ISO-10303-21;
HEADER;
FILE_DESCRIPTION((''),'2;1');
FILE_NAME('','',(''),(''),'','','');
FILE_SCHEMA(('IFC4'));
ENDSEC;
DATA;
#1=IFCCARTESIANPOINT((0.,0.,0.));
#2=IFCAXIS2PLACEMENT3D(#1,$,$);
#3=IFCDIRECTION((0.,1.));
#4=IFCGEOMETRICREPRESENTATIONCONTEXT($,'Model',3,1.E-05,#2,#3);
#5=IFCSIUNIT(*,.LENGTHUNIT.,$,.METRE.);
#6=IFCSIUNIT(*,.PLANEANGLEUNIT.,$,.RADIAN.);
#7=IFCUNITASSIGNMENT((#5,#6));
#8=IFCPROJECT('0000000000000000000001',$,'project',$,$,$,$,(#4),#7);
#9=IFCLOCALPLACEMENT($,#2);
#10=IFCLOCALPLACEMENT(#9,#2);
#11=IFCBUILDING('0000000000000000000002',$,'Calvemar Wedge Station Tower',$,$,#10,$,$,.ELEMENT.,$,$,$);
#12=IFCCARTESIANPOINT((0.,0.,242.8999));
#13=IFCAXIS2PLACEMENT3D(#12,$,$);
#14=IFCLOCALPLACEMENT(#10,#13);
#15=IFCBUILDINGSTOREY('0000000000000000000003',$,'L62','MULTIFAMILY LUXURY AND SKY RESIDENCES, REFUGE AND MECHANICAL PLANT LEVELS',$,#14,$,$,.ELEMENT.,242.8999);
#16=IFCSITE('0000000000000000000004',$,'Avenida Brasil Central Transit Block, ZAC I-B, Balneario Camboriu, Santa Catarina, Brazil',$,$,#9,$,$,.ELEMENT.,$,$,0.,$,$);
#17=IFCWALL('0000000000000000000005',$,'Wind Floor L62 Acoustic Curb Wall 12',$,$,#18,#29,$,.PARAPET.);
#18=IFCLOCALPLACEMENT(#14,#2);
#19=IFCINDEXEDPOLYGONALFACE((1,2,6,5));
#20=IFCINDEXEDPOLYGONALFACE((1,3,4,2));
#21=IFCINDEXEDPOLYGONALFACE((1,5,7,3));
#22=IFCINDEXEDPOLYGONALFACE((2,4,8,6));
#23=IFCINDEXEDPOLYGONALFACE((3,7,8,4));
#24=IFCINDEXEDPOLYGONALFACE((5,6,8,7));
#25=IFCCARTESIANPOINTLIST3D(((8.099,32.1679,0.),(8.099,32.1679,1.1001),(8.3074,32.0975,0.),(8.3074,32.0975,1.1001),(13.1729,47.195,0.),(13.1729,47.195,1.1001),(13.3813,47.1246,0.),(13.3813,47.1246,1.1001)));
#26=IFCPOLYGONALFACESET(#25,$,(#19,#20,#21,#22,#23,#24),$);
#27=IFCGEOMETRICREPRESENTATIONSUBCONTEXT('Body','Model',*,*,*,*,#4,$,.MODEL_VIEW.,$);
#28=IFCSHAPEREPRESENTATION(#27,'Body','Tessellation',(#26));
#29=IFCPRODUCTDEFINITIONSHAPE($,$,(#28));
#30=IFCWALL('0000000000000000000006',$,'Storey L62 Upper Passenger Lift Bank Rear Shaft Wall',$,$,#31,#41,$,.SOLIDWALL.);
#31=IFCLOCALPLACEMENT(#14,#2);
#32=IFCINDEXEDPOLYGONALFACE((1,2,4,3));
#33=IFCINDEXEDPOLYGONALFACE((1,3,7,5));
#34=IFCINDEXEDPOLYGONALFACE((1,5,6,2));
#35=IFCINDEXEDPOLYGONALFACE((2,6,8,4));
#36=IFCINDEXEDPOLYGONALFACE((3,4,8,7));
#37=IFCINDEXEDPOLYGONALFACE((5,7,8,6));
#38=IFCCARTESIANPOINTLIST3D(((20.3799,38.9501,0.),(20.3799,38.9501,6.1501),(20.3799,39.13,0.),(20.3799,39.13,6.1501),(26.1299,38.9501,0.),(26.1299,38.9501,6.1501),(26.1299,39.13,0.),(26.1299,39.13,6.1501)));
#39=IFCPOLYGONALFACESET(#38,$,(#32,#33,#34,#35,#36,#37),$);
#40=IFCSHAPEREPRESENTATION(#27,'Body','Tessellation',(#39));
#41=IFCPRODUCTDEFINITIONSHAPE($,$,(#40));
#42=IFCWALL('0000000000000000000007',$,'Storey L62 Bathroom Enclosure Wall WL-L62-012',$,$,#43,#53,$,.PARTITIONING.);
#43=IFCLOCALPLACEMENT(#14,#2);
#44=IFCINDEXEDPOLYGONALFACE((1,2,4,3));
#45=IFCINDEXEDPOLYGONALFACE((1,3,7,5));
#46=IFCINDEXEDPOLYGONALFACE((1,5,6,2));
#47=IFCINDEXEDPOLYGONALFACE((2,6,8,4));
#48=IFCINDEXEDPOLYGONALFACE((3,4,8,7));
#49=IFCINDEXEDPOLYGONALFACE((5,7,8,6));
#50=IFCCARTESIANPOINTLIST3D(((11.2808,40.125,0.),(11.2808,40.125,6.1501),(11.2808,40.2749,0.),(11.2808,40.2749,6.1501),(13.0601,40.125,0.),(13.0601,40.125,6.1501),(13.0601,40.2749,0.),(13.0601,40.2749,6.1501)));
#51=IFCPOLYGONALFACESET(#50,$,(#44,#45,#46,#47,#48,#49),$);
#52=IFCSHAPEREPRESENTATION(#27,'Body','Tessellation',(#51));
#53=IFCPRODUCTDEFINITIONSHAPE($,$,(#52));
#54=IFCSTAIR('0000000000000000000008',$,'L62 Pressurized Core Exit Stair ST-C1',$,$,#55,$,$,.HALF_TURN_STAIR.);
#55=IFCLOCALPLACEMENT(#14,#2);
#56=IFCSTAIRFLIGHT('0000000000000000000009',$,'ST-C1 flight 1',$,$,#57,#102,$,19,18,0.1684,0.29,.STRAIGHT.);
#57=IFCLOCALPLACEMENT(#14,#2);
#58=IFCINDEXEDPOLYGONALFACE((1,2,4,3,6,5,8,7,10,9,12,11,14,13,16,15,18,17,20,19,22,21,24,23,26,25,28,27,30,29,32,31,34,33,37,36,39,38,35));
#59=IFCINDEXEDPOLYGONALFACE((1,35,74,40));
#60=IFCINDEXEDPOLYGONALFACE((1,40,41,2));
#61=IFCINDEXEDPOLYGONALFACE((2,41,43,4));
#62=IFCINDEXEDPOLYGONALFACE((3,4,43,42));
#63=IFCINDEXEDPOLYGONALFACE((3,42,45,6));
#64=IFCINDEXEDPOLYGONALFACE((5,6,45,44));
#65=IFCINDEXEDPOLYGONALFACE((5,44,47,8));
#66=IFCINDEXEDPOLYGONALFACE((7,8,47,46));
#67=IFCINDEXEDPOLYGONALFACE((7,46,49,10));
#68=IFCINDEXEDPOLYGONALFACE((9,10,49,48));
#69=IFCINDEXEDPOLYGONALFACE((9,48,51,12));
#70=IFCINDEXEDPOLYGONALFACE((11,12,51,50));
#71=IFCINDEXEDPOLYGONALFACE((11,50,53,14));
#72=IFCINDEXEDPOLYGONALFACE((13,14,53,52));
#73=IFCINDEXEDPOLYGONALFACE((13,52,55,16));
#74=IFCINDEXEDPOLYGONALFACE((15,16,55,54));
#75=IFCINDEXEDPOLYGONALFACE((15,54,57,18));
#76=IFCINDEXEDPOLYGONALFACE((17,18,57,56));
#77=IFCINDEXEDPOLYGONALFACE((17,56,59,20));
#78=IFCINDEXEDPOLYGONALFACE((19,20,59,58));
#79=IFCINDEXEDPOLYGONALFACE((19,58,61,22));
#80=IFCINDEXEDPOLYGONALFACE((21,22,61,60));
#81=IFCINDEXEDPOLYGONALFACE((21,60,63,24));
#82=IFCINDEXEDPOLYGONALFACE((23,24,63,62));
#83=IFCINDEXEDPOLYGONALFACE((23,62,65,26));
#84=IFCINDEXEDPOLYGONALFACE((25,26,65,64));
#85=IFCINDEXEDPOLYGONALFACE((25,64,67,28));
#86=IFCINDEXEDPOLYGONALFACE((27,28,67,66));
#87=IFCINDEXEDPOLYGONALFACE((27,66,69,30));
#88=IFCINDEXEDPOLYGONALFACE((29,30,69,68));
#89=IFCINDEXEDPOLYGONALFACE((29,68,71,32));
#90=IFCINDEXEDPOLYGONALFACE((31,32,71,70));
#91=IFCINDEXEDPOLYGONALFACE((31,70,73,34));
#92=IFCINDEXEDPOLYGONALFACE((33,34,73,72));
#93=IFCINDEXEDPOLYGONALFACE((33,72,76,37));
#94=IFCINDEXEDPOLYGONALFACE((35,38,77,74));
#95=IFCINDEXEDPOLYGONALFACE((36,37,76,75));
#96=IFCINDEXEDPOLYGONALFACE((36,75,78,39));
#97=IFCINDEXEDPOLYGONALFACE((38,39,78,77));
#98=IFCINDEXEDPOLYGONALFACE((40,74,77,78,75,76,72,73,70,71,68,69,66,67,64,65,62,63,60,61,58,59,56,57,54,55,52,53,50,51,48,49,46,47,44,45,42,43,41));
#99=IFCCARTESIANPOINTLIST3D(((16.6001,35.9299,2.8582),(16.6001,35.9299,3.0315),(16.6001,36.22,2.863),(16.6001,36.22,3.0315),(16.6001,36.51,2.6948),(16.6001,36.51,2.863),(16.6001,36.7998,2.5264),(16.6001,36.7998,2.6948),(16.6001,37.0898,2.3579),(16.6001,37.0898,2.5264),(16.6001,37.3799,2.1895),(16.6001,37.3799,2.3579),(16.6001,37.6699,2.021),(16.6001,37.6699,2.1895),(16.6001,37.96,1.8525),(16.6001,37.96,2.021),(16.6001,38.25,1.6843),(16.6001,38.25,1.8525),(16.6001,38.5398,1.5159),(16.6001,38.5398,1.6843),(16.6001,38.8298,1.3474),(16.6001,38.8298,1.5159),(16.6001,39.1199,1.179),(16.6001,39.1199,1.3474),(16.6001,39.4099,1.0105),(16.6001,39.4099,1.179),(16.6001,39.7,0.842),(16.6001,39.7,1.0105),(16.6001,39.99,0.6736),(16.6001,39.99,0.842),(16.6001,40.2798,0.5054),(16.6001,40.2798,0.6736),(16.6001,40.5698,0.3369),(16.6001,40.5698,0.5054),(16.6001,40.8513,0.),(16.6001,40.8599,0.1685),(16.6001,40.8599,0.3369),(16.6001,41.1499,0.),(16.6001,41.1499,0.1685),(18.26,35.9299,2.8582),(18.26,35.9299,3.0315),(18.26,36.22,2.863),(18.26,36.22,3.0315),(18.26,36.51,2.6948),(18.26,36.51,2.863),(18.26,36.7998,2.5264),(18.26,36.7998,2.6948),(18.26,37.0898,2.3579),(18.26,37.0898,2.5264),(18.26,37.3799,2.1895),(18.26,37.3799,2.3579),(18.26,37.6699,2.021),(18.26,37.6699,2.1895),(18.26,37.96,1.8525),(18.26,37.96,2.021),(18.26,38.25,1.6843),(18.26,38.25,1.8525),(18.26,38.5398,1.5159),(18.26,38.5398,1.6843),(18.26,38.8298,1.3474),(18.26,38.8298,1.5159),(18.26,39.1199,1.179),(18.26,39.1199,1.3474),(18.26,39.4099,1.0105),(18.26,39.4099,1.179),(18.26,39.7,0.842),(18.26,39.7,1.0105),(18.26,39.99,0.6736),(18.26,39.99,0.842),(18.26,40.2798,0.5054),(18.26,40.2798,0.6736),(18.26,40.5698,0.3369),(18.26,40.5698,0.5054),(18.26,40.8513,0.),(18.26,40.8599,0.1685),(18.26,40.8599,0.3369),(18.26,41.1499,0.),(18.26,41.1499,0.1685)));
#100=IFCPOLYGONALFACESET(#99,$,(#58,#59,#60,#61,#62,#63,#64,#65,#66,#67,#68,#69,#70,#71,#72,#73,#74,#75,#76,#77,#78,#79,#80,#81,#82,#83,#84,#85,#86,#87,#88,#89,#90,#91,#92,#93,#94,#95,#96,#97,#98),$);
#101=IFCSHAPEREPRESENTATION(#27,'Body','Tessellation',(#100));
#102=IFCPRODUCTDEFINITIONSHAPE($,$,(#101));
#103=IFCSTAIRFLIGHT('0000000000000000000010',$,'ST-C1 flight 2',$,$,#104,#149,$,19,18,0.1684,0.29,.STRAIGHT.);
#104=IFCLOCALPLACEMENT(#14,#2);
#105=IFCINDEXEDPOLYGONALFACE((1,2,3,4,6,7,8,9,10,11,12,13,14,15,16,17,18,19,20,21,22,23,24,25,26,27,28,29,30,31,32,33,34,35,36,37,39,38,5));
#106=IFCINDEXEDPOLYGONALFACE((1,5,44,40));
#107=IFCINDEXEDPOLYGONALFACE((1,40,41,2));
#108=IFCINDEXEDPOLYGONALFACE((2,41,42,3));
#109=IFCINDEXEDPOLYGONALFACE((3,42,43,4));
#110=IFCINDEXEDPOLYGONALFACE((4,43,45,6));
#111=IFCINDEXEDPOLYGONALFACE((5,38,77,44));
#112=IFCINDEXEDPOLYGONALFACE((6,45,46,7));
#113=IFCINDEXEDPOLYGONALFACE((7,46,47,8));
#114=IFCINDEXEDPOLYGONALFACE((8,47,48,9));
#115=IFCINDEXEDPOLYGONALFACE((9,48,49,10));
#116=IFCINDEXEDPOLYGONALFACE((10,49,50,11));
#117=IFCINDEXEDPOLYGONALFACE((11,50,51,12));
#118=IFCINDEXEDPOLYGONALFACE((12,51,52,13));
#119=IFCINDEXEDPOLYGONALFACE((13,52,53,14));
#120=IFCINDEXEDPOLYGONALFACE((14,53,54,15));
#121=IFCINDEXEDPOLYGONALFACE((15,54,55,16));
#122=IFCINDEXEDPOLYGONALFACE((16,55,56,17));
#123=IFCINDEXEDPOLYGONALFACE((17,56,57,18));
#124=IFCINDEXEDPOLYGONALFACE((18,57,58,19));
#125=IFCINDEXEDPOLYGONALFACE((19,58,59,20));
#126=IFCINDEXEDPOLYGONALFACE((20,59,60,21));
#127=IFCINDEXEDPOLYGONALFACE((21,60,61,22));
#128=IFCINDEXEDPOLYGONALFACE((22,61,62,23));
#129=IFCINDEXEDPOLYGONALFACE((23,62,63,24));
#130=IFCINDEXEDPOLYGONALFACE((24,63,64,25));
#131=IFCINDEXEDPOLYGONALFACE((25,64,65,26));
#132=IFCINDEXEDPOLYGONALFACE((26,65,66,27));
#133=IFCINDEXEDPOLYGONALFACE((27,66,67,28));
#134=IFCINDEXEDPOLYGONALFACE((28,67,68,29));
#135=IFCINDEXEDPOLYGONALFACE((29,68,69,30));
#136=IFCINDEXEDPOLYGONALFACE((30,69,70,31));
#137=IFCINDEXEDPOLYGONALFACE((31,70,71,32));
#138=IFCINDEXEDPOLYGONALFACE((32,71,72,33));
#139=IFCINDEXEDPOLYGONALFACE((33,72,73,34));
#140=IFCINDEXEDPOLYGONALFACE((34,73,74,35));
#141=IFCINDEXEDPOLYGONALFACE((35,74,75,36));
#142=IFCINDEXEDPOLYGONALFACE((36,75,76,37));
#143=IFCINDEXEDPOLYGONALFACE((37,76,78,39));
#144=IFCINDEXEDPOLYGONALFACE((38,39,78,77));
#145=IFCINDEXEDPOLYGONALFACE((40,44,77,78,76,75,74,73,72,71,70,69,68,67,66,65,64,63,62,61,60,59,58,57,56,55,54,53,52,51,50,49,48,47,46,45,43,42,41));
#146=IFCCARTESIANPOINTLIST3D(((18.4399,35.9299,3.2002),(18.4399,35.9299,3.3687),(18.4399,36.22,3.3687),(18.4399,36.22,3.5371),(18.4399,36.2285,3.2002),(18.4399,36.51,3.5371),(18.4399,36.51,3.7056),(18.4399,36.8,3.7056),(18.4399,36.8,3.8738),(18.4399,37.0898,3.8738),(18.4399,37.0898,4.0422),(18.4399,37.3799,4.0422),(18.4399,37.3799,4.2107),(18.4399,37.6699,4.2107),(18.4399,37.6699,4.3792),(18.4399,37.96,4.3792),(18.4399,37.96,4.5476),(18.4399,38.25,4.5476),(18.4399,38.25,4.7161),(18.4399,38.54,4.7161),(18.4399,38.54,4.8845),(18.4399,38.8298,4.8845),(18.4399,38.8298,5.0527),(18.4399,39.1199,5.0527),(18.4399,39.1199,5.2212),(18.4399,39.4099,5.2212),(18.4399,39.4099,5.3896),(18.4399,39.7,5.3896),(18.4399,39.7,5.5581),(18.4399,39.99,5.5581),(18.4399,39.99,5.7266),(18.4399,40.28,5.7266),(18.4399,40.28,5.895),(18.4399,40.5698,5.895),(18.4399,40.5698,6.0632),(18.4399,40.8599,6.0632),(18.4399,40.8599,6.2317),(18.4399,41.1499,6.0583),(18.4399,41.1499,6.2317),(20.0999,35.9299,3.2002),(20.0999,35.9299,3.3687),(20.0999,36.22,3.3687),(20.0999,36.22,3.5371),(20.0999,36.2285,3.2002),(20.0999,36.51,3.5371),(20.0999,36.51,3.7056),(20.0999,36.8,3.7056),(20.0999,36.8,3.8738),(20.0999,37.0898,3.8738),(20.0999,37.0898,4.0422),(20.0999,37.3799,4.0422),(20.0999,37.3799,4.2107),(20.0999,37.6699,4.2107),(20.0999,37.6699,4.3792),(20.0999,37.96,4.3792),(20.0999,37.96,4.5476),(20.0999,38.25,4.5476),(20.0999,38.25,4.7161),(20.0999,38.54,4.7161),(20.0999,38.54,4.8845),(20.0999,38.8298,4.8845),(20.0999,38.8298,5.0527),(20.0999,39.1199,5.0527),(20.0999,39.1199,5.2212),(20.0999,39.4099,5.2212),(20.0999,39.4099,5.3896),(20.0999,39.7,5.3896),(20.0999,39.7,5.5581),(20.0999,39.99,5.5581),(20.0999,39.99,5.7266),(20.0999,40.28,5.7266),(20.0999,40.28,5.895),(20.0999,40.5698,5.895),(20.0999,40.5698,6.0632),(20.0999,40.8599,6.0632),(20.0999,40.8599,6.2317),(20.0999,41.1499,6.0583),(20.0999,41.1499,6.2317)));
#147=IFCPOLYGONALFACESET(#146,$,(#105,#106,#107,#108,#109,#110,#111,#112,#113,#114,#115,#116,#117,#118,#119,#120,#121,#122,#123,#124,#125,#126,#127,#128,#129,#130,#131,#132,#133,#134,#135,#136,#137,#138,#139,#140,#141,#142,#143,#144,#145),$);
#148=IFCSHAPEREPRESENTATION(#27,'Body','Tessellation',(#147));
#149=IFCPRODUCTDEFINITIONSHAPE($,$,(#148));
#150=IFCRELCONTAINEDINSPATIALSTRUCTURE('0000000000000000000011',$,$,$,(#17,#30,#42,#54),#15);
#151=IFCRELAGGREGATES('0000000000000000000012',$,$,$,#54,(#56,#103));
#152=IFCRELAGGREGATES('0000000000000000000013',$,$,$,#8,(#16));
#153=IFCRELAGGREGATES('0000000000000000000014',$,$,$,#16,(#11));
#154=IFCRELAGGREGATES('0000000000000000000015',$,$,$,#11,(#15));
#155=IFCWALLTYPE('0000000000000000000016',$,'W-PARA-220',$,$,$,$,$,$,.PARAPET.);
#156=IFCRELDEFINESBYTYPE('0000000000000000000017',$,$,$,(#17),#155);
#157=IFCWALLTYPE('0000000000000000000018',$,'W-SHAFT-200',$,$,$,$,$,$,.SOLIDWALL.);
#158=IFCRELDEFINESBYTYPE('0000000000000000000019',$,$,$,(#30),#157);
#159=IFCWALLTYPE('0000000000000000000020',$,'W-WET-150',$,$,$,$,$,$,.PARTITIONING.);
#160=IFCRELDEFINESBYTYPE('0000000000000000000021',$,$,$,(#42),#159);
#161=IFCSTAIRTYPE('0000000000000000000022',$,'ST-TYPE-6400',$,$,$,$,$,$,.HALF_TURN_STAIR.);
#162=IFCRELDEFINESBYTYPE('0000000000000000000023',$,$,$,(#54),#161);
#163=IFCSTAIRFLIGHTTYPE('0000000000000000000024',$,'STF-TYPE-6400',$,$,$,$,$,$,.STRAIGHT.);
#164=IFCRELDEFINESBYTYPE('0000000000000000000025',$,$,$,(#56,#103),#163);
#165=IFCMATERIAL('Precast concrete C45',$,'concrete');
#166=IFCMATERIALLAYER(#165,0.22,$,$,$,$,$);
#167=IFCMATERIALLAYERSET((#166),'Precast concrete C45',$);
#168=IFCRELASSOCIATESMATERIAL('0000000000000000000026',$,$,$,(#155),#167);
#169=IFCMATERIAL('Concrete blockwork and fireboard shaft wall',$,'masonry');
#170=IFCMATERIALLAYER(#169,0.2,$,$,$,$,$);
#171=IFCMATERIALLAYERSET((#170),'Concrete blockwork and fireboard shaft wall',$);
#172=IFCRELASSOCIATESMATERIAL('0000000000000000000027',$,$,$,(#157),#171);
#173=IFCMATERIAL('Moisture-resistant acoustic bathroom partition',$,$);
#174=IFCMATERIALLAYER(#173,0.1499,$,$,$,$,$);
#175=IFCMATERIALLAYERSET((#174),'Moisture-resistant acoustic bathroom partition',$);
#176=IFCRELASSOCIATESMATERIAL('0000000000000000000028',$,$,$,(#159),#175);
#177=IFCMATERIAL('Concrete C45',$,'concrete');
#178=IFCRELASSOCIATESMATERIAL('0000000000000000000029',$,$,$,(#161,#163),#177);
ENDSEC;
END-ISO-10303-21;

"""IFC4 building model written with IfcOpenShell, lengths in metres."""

from ifc_helpers import new_model, si_unit, direction, frame, frame_2d, origin, place, context, subcontext, project, spatial, polyline, rectangle, outline, extrude, material, layer, layer_set, type_object, element, aggregate, save


model = new_model("IFC4")

# Units and contexts
model_context = context("Model", 3, precision=1e-05, world=origin(), true_north=direction((0.0, 1.0)))
body_context = subcontext(model_context, "Body", "Model", "MODEL_VIEW")
ifc_project = project(units=[si_unit("LENGTHUNIT", "METRE"), si_unit("PLANEANGLEUNIT", "RADIAN")], contexts=[model_context])

# Site, building, storey
site_placement = place(None, origin())
site = spatial("IfcSite", under=ifc_project, at=site_placement, Name="Avenida Brasil Central Transit Block, ZAC I-B, Balneario Camboriu, Santa Catarina, Brazil", CompositionType="ELEMENT", RefElevation=0.0)
building_placement = place(site_placement, origin())
building = spatial("IfcBuilding", under=site, at=building_placement, Name="Calvemar Wedge Station Tower", CompositionType="ELEMENT")
storey_placement = place(building_placement, frame((0.0, 0.0, 242.8999)))
storey = spatial("IfcBuildingStorey", under=building, at=storey_placement, Name="L62", Description="MULTIFAMILY LUXURY AND SKY RESIDENCES, REFUGE AND MECHANICAL PLANT LEVELS", CompositionType="ELEMENT", Elevation=242.8999)

# Walls
ifc_material_1 = material(Name="Precast concrete C45", Category="concrete")
ifc_layer_1 = layer(ifc_material_1, 0.22)
ifc_layer_set_1 = layer_set([ifc_layer_1], Name="Precast concrete C45")
wall_type_1 = type_object("IfcWallType", Name="W-PARA-220", PredefinedType="PARAPET", material=ifc_layer_set_1)
wall_1_placement = place(storey_placement, frame((13.2771, 47.1597, 0.0), z_axis=(0.0, 0.0, 1.0), x_axis=(-0.31991, -0.947448, 0.0)))
element("IfcWall", 1, at=wall_1_placement, inside=storey, type_object=wall_type_1, Name="Wind Floor L62 Acoustic Curb Wall 12", PredefinedType="PARAPET", context=body_context, shape_type="SweptSolid", body=[
    extrude(rectangle(XDim=15.8606, YDim=0.22, at=frame_2d((7.9302, 0.0))), origin(), (0.0, 0.0, 1.0), 1.1001),
])
ifc_material_2 = material(Name="Concrete blockwork and fireboard shaft wall", Category="masonry")
ifc_layer_2 = layer(ifc_material_2, 0.2)
ifc_layer_set_2 = layer_set([ifc_layer_2], Name="Concrete blockwork and fireboard shaft wall")
wall_type_2 = type_object("IfcWallType", Name="W-SHAFT-200", PredefinedType="SOLIDWALL", material=ifc_layer_set_2)
wall_2_placement = place(storey_placement, frame((20.3799, 39.04, 0.0), z_axis=(0.0, 0.0, 1.0), x_axis=(1.0, 0.0, 0.0)))
element("IfcWall", 2, at=wall_2_placement, inside=storey, type_object=wall_type_2, Name="Storey L62 Upper Passenger Lift Bank Rear Shaft Wall", PredefinedType="SOLIDWALL", context=body_context, shape_type="SweptSolid", body=[
    extrude(rectangle(XDim=5.75, YDim=0.1799, at=frame_2d((2.875, 0.0))), origin(), (0.0, 0.0, 1.0), 6.1501),
])
ifc_material_3 = material(Name="Moisture-resistant acoustic bathroom partition")
ifc_layer_3 = layer(ifc_material_3, 0.1499)
ifc_layer_set_3 = layer_set([ifc_layer_3], Name="Moisture-resistant acoustic bathroom partition")
wall_type_3 = type_object("IfcWallType", Name="W-WET-150", PredefinedType="PARTITIONING", material=ifc_layer_set_3)
wall_3_placement = place(storey_placement, frame((11.2808, 40.2, 0.0), z_axis=(0.0, 0.0, 1.0), x_axis=(1.0, 0.0, 0.0)))
element("IfcWall", 3, at=wall_3_placement, inside=storey, type_object=wall_type_3, Name="Storey L62 Bathroom Enclosure Wall WL-L62-012", PredefinedType="PARTITIONING", context=body_context, shape_type="SweptSolid", body=[
    extrude(rectangle(XDim=1.7793, YDim=0.1499, at=frame_2d((0.8896, 0.0))), origin(), (0.0, 0.0, 1.0), 6.1501),
])

# Stair, stair flights
ifc_material_4 = material(Name="Concrete C45", Category="concrete")
stair_type = type_object("IfcStairType", Name="ST-TYPE-6400", PredefinedType="HALF_TURN_STAIR", material=ifc_material_4)
stair_placement = place(storey_placement, origin())
stair = element("IfcStair", 4, at=stair_placement, inside=storey, type_object=stair_type, Name="L62 Pressurized Core Exit Stair ST-C1", PredefinedType="HALF_TURN_STAIR")
stair_flight_type = type_object("IfcStairFlightType", Name="STF-TYPE-6400", PredefinedType="STRAIGHT", material=ifc_material_4)
stair_flight_1_placement = place(storey_placement, frame((17.4299, 41.1499, 0.0), z_axis=(0.0, 0.0, 1.0), x_axis=(0.0, -1.0, 0.0)))
stair_flight_1 = element("IfcStairFlight", 5, at=stair_flight_1_placement, type_object=stair_flight_type, Name="ST-C1 flight 1", NumberOfRisers=19, NumberOfTreads=18, PredefinedType="STRAIGHT", RiserHeight=0.1684, TreadLength=0.29, context=body_context, shape_type="SweptSolid", body=[
    extrude(outline(polyline([(0.0, 0.0), (0.0, 0.1685), (0.29, 0.1685), (0.29, 0.3369), (0.5801, 0.3369), (0.5801, 0.5054), (0.8701, 0.5054), (0.8701, 0.6736), (1.1599, 0.6736), (1.1599, 0.842), (1.45, 0.842), (1.45, 1.0105), (1.74, 1.0105), (1.74, 1.179), (2.03, 1.179), (2.03, 1.3474), (2.3201, 1.3474), (2.3201, 1.5159), (2.6101, 1.5159), (2.6101, 1.6843), (2.8999, 1.6843), (2.8999, 1.8525), (3.1899, 1.8525), (3.1899, 2.021), (3.48, 2.021), (3.48, 2.1895), (3.77, 2.1895), (3.77, 2.3579), (4.0601, 2.3579), (4.0601, 2.5264), (4.3501, 2.5264), (4.3501, 2.6948), (4.6399, 2.6948), (4.6399, 2.863), (4.9299, 2.863), (4.9299, 3.0315), (5.22, 3.0315), (5.22, 3.2), (5.22, 2.8582), (0.2986, 0.0), (0.0, 0.0)])), frame((0.0, 0.8301, 0.0), z_axis=(0.0, -1.0, 0.0), x_axis=(1.0, 0.0, 0.0)), (0.0, 0.0, 1.0), 1.6599),
])
stair_flight_2_placement = place(storey_placement, frame((19.27, 35.9299, 3.2002), z_axis=(0.0, 0.0, 1.0), x_axis=(0.0, 1.0, 0.0)))
stair_flight_2 = element("IfcStairFlight", 6, at=stair_flight_2_placement, type_object=stair_flight_type, Name="ST-C1 flight 2", NumberOfRisers=19, NumberOfTreads=18, PredefinedType="STRAIGHT", RiserHeight=0.1684, TreadLength=0.29, context=body_context, shape_type="SweptSolid", body=[
    extrude(outline(polyline([(0.0, 0.0), (0.0, 0.1685), (0.29, 0.1685), (0.29, 0.3369), (0.5801, 0.3369), (0.5801, 0.5054), (0.8701, 0.5054), (0.8701, 0.6736), (1.1599, 0.6736), (1.1599, 0.842), (1.45, 0.842), (1.45, 1.0105), (1.74, 1.0105), (1.74, 1.179), (2.03, 1.179), (2.03, 1.3474), (2.3201, 1.3474), (2.3201, 1.5159), (2.6101, 1.5159), (2.6101, 1.6843), (2.8999, 1.6843), (2.8999, 1.8525), (3.1899, 1.8525), (3.1899, 2.021), (3.48, 2.021), (3.48, 2.1895), (3.77, 2.1895), (3.77, 2.3579), (4.0601, 2.3579), (4.0601, 2.5264), (4.3501, 2.5264), (4.3501, 2.6948), (4.6399, 2.6948), (4.6399, 2.863), (4.9299, 2.863), (4.9299, 3.0315), (5.22, 3.0315), (5.22, 3.2), (5.22, 2.8582), (0.2986, 0.0), (0.0, 0.0)])), frame((0.0, 0.8301, 0.0), z_axis=(0.0, -1.0, 0.0), x_axis=(1.0, 0.0, 0.0)), (0.0, 0.0, 1.0), 1.6599),
])
aggregate(stair, [stair_flight_1, stair_flight_2])

save(model, "model.ifc")
